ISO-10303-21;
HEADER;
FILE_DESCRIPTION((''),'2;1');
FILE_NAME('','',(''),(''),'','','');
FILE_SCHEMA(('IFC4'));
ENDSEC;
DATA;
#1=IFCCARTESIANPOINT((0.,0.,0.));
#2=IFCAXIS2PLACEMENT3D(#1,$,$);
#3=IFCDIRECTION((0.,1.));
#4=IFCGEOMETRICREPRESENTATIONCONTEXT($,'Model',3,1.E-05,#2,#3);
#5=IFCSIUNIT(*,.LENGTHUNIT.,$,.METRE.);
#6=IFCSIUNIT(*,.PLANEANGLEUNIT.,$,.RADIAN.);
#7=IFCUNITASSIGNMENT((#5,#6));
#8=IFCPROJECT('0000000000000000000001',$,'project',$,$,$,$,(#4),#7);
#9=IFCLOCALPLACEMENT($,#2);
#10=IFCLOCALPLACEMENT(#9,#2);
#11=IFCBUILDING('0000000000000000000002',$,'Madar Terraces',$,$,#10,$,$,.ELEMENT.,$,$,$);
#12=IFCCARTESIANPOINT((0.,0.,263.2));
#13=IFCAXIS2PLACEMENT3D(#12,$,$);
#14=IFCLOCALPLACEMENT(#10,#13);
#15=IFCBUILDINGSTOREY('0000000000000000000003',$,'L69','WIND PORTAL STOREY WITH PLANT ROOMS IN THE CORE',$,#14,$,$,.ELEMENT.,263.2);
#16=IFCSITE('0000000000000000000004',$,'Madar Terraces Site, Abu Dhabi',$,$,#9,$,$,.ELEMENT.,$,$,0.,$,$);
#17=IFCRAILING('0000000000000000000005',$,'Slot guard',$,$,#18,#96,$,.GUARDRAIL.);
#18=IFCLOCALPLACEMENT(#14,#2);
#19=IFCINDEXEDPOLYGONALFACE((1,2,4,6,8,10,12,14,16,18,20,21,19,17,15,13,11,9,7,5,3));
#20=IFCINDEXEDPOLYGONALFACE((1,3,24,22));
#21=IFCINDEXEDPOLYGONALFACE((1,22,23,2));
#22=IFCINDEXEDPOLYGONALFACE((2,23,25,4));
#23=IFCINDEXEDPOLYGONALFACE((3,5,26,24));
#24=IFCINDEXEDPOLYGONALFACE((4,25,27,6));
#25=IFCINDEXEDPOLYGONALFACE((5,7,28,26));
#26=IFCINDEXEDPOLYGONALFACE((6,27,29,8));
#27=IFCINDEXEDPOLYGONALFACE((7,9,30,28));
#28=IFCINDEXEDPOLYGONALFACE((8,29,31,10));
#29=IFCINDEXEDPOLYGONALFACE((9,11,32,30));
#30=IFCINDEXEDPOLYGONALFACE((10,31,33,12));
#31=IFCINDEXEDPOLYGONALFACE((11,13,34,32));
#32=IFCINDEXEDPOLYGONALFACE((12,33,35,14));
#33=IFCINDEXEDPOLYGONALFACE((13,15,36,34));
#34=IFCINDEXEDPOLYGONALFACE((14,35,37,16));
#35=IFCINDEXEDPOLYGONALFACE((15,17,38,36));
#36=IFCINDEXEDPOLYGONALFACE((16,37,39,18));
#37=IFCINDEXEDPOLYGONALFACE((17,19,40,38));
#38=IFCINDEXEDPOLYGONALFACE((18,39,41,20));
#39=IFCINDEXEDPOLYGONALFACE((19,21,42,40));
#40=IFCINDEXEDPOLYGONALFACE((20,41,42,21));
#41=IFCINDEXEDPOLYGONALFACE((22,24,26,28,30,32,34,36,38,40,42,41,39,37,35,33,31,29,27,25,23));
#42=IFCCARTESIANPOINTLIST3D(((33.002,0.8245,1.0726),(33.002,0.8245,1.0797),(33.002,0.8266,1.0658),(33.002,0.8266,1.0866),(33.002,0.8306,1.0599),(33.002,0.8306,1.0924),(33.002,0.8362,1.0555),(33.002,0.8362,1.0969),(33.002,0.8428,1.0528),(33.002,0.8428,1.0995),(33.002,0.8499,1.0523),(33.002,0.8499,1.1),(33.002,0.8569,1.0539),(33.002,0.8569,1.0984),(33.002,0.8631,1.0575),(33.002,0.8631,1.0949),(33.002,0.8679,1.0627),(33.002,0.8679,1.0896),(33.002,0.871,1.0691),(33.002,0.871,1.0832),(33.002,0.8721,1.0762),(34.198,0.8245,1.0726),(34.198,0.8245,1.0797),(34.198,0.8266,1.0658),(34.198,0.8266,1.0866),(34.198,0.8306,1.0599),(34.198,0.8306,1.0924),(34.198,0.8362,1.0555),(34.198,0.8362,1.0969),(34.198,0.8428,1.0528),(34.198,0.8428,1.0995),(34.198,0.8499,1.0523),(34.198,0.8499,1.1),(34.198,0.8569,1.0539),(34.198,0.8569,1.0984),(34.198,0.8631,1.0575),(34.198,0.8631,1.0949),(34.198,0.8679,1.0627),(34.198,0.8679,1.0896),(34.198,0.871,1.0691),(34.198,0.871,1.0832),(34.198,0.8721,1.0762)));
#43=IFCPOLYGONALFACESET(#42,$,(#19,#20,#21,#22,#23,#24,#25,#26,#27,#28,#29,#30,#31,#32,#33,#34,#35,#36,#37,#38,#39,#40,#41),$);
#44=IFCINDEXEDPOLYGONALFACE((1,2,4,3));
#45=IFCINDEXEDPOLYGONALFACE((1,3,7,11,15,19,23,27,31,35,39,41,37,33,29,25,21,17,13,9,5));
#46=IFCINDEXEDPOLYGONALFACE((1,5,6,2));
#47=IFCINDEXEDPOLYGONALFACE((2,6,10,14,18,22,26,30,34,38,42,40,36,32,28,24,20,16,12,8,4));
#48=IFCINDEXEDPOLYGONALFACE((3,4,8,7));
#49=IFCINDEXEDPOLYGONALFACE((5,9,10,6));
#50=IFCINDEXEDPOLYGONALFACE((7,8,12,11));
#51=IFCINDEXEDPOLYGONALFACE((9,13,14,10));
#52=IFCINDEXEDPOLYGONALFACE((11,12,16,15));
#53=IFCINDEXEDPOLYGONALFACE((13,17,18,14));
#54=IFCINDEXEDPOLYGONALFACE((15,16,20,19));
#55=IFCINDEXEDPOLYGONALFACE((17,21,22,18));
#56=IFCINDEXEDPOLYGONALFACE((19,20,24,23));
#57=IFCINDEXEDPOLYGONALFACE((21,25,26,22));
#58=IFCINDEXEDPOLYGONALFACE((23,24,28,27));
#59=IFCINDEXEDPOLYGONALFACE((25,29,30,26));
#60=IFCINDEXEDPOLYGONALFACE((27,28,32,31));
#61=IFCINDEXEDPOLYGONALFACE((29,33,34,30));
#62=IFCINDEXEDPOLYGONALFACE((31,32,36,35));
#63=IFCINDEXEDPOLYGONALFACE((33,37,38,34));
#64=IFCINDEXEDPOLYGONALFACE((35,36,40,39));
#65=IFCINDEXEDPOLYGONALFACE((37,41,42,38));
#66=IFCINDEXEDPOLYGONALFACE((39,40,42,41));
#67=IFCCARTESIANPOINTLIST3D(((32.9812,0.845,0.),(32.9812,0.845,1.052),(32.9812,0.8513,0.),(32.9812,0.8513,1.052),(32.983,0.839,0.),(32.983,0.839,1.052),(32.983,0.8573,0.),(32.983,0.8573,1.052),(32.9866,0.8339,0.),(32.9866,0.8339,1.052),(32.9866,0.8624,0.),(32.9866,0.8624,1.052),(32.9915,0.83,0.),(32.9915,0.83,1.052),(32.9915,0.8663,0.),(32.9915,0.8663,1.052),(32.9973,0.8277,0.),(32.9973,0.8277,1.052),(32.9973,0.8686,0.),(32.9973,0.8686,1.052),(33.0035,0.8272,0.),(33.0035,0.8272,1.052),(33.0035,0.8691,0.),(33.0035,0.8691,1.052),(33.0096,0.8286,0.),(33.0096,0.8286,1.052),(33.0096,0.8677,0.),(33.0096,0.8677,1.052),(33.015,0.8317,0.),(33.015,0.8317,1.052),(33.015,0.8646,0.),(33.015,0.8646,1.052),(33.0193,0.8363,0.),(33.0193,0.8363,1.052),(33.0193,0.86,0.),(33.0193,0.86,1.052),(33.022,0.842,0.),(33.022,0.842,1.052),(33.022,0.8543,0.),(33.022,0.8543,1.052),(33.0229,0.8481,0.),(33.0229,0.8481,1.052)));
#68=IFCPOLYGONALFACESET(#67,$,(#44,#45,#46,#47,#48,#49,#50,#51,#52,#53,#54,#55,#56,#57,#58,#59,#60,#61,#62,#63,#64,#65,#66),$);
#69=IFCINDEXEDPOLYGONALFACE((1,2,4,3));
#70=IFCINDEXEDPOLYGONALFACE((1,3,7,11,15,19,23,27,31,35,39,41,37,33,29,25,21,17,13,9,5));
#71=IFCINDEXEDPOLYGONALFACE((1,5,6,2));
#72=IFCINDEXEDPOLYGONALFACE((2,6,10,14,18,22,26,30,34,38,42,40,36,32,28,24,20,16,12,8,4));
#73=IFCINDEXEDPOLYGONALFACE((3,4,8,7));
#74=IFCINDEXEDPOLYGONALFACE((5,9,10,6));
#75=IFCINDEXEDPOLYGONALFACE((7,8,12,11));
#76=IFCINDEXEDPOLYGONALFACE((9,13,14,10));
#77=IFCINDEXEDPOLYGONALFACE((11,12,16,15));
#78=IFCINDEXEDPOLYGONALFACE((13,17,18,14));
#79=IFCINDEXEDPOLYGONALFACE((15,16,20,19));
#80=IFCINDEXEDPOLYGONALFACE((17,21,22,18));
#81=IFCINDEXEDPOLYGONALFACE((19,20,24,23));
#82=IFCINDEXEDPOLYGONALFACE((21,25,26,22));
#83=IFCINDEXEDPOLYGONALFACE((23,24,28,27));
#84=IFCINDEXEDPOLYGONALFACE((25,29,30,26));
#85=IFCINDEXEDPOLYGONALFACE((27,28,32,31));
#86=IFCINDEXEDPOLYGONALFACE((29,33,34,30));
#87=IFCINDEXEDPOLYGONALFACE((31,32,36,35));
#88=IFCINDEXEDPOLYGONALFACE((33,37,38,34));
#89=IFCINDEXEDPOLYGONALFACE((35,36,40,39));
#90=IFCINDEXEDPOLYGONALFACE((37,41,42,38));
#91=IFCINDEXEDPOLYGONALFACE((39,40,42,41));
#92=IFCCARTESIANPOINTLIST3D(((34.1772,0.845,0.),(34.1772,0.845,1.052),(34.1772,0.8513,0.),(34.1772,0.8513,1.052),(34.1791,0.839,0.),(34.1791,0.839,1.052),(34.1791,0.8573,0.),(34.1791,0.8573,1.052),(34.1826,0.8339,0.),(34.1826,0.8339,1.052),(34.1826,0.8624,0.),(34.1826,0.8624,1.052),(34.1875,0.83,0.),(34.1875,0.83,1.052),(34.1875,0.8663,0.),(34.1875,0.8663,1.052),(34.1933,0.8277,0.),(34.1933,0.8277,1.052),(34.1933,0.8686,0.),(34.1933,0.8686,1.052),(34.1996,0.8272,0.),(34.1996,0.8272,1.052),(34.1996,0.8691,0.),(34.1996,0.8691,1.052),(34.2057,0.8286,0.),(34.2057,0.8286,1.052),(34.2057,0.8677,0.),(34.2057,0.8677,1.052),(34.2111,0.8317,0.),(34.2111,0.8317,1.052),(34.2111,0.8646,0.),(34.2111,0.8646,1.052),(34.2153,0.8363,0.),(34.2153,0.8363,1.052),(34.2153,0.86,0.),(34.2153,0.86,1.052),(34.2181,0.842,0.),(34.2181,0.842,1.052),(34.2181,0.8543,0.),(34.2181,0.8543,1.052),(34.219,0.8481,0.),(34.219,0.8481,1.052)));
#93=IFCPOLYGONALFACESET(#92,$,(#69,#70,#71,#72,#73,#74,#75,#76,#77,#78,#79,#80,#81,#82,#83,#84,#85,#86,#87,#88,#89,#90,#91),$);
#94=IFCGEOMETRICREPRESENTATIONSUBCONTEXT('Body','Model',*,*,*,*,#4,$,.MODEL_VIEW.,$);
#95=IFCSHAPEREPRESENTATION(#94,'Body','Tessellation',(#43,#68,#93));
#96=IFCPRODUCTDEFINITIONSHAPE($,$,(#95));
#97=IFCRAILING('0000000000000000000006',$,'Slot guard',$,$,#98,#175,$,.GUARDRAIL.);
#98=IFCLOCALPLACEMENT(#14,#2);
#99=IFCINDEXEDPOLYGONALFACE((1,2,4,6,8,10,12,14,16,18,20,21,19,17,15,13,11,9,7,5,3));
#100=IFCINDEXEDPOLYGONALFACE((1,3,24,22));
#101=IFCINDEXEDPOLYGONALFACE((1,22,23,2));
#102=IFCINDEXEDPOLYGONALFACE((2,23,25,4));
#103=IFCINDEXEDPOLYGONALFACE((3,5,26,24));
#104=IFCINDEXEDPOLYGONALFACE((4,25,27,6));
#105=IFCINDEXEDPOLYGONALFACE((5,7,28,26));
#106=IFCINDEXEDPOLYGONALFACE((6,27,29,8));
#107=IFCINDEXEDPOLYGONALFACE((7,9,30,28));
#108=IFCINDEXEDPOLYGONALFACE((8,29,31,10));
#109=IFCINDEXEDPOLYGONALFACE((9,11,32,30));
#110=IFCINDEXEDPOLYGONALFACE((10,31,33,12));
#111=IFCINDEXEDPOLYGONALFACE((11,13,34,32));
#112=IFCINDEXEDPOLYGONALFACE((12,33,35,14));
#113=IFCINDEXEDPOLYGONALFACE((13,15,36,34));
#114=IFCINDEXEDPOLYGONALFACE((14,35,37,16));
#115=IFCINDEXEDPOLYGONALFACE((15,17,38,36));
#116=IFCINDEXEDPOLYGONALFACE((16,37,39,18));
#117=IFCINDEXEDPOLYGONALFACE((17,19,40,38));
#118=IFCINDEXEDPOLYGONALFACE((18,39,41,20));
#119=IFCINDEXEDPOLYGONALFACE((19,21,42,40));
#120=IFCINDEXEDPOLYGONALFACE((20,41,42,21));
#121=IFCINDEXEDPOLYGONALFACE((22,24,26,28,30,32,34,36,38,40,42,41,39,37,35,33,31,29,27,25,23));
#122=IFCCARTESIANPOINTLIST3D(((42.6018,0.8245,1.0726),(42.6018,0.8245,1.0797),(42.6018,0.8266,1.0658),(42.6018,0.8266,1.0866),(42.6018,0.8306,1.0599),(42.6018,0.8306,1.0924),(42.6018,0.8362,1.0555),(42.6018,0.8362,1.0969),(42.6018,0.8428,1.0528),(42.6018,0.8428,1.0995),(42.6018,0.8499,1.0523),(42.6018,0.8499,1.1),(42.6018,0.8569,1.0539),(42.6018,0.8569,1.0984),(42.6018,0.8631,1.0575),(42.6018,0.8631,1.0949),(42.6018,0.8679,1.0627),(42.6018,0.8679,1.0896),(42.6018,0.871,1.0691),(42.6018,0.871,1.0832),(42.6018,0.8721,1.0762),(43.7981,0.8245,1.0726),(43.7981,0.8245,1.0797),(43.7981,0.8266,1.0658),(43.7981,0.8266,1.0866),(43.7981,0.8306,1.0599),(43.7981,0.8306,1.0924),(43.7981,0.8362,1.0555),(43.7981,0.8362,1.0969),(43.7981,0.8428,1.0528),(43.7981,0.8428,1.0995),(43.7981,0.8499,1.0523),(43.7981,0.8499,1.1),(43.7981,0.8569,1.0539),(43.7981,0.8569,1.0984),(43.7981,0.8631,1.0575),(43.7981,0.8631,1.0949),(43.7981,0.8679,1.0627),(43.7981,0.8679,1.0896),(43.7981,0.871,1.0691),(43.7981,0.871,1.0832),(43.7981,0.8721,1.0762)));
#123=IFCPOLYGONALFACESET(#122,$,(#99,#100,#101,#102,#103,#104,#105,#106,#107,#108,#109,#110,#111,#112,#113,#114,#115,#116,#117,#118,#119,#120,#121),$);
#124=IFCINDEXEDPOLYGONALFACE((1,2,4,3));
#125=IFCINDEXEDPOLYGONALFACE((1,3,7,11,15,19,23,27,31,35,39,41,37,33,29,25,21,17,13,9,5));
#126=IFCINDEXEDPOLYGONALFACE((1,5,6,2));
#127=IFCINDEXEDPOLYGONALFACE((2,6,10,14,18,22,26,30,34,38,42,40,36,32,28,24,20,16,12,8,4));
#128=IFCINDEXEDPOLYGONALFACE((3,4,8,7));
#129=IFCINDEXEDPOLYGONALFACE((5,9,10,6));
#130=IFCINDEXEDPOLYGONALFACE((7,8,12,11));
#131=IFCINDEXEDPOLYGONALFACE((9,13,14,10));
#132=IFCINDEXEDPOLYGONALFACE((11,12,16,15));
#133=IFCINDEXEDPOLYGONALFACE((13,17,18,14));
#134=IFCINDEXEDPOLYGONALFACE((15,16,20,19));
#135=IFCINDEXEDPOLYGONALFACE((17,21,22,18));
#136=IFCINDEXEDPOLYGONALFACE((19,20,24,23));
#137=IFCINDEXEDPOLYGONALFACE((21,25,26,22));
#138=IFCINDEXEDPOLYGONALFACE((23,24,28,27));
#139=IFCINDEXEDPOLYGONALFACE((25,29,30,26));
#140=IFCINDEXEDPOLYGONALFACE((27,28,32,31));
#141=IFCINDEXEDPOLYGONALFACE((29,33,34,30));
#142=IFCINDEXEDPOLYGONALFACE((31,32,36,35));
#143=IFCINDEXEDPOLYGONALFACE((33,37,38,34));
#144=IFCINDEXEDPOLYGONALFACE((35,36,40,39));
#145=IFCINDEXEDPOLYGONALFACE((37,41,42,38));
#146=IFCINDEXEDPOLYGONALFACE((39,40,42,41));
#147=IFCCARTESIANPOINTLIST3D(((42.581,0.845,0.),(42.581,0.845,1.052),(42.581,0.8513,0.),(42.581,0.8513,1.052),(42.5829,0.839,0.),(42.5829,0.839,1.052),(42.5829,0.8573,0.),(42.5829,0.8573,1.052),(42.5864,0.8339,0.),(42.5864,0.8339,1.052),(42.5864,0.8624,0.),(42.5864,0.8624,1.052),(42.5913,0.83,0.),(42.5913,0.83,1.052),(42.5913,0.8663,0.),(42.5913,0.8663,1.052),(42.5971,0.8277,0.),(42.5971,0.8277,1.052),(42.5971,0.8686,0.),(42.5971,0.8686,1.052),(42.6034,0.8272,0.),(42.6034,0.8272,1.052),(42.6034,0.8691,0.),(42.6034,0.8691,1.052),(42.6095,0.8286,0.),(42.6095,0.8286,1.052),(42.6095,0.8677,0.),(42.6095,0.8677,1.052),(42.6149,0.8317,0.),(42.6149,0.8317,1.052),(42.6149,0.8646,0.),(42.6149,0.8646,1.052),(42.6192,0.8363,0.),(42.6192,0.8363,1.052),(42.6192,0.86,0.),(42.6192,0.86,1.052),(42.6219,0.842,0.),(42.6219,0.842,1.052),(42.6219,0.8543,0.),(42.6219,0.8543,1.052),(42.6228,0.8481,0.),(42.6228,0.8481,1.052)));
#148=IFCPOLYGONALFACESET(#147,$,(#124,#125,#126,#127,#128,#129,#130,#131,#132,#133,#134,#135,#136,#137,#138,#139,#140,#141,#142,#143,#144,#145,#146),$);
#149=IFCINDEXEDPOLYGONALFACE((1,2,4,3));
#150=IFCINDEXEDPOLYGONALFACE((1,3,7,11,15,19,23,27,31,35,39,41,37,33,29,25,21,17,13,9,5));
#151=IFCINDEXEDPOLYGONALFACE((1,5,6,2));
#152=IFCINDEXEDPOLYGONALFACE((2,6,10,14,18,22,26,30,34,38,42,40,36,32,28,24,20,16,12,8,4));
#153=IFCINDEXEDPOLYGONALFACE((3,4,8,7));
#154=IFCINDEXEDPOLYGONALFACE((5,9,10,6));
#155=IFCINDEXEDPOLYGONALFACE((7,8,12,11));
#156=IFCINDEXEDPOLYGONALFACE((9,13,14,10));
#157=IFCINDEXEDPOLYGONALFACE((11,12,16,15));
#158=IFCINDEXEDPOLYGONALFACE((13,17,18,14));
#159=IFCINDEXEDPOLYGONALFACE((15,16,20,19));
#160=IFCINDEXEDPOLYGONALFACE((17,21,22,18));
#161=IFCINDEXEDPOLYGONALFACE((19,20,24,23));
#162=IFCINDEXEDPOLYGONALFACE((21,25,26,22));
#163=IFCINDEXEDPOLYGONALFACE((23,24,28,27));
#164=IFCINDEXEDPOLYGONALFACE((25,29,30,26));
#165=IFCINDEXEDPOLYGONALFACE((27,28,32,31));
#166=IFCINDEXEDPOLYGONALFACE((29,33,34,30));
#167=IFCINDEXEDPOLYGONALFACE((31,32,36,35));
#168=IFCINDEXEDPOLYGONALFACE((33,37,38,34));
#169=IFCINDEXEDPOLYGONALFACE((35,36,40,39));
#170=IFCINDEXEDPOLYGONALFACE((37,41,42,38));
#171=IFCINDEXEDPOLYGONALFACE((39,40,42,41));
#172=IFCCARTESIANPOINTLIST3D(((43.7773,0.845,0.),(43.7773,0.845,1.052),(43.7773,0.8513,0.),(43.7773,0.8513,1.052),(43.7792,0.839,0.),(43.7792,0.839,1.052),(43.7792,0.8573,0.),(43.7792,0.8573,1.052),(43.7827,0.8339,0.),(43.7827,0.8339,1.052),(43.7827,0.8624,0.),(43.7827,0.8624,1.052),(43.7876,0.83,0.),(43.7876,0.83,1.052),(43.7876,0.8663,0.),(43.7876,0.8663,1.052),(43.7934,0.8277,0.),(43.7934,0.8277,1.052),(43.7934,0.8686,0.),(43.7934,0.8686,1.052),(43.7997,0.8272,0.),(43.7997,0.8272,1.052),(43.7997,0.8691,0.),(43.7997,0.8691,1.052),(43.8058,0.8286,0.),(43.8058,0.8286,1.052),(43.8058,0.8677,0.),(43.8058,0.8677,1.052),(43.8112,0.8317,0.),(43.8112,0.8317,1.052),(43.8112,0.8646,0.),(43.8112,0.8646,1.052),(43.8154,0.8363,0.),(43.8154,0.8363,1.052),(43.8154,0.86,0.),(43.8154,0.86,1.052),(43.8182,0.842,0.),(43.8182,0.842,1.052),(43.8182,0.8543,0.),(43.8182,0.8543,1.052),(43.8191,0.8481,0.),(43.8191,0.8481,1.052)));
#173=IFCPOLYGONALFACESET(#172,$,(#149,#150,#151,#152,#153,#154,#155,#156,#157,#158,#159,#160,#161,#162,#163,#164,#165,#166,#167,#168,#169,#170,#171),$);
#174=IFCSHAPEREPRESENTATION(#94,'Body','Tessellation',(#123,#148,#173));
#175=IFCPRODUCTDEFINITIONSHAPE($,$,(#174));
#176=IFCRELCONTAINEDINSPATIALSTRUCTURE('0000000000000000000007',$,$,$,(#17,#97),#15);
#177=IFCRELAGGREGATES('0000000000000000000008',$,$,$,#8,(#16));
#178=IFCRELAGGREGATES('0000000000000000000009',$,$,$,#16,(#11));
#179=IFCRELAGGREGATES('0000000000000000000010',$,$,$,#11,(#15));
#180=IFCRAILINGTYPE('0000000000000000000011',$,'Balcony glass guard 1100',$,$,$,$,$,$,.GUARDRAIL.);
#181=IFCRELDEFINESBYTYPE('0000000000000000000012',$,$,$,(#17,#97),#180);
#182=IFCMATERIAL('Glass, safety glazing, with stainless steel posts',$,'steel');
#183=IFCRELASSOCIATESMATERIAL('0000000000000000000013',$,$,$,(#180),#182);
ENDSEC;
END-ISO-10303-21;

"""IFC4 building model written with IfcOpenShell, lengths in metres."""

from ifc_helpers import new_model, si_unit, direction, frame, origin, origin_2d, place, context, subcontext, project, spatial, circle, extrude, material, type_object, element, save


model = new_model("IFC4")

# Units and contexts
model_context = context("Model", 3, precision=1e-05, world=origin(), true_north=direction((0.0, 1.0)))
body_context = subcontext(model_context, "Body", "Model", "MODEL_VIEW")
ifc_project = project(units=[si_unit("LENGTHUNIT", "METRE"), si_unit("PLANEANGLEUNIT", "RADIAN")], contexts=[model_context])

# Site, building, storey
site_placement = place(None, origin())
site = spatial("IfcSite", under=ifc_project, at=site_placement, Name="Madar Terraces Site, Abu Dhabi", CompositionType="ELEMENT", RefElevation=0.0)
building_placement = place(site_placement, origin())
building = spatial("IfcBuilding", under=site, at=building_placement, Name="Madar Terraces", CompositionType="ELEMENT")
storey_placement = place(building_placement, frame((0.0, 0.0, 263.2)))
storey = spatial("IfcBuildingStorey", under=building, at=storey_placement, Name="L69", Description="WIND PORTAL STOREY WITH PLANT ROOMS IN THE CORE", CompositionType="ELEMENT", Elevation=263.2)

# Railings
ifc_material_1 = material(Name="Glass, safety glazing, with stainless steel posts", Category="steel")
railing_type = type_object("IfcRailingType", Name="Balcony glass guard 1100", PredefinedType="GUARDRAIL", material=ifc_material_1)
railing_1_placement = place(storey_placement, frame((33.002, 0.8481, 0.0)))
element("IfcRailing", 1, at=railing_1_placement, inside=storey, type_object=railing_type, Name="Slot guard", PredefinedType="GUARDRAIL", context=body_context, shape_type="SweptSolid", body=[
    extrude(circle(Radius=0.0239, at=origin_2d()), frame((0.0, 0.0, 1.0762), z_axis=(1.0, 0.0, 0.0), x_axis=(0.0, 1.0, 0.0)), (0.0, 0.0, 1.0), 1.196),
    extrude(circle(Radius=0.021, at=origin_2d()), origin(), (0.0, 0.0, 1.0), 1.052),
    extrude(circle(Radius=0.021, at=origin_2d()), frame((1.196, 0.0, 0.0)), (0.0, 0.0, 1.0), 1.052),
])
railing_2_placement = place(storey_placement, frame((42.6018, 0.8481, 0.0)))
element("IfcRailing", 2, at=railing_2_placement, inside=storey, type_object=railing_type, Name="Slot guard", PredefinedType="GUARDRAIL", context=body_context, shape_type="SweptSolid", body=[
    extrude(circle(Radius=0.0239, at=origin_2d()), frame((0.0, 0.0, 1.0762), z_axis=(1.0, 0.0, 0.0), x_axis=(0.0, 1.0, 0.0)), (0.0, 0.0, 1.0), 1.1963),
    extrude(circle(Radius=0.021, at=origin_2d()), origin(), (0.0, 0.0, 1.0), 1.052),
    extrude(circle(Radius=0.021, at=origin_2d()), frame((1.1963, 0.0, 0.0)), (0.0, 0.0, 1.0), 1.052),
])

save(model, "model.ifc")
